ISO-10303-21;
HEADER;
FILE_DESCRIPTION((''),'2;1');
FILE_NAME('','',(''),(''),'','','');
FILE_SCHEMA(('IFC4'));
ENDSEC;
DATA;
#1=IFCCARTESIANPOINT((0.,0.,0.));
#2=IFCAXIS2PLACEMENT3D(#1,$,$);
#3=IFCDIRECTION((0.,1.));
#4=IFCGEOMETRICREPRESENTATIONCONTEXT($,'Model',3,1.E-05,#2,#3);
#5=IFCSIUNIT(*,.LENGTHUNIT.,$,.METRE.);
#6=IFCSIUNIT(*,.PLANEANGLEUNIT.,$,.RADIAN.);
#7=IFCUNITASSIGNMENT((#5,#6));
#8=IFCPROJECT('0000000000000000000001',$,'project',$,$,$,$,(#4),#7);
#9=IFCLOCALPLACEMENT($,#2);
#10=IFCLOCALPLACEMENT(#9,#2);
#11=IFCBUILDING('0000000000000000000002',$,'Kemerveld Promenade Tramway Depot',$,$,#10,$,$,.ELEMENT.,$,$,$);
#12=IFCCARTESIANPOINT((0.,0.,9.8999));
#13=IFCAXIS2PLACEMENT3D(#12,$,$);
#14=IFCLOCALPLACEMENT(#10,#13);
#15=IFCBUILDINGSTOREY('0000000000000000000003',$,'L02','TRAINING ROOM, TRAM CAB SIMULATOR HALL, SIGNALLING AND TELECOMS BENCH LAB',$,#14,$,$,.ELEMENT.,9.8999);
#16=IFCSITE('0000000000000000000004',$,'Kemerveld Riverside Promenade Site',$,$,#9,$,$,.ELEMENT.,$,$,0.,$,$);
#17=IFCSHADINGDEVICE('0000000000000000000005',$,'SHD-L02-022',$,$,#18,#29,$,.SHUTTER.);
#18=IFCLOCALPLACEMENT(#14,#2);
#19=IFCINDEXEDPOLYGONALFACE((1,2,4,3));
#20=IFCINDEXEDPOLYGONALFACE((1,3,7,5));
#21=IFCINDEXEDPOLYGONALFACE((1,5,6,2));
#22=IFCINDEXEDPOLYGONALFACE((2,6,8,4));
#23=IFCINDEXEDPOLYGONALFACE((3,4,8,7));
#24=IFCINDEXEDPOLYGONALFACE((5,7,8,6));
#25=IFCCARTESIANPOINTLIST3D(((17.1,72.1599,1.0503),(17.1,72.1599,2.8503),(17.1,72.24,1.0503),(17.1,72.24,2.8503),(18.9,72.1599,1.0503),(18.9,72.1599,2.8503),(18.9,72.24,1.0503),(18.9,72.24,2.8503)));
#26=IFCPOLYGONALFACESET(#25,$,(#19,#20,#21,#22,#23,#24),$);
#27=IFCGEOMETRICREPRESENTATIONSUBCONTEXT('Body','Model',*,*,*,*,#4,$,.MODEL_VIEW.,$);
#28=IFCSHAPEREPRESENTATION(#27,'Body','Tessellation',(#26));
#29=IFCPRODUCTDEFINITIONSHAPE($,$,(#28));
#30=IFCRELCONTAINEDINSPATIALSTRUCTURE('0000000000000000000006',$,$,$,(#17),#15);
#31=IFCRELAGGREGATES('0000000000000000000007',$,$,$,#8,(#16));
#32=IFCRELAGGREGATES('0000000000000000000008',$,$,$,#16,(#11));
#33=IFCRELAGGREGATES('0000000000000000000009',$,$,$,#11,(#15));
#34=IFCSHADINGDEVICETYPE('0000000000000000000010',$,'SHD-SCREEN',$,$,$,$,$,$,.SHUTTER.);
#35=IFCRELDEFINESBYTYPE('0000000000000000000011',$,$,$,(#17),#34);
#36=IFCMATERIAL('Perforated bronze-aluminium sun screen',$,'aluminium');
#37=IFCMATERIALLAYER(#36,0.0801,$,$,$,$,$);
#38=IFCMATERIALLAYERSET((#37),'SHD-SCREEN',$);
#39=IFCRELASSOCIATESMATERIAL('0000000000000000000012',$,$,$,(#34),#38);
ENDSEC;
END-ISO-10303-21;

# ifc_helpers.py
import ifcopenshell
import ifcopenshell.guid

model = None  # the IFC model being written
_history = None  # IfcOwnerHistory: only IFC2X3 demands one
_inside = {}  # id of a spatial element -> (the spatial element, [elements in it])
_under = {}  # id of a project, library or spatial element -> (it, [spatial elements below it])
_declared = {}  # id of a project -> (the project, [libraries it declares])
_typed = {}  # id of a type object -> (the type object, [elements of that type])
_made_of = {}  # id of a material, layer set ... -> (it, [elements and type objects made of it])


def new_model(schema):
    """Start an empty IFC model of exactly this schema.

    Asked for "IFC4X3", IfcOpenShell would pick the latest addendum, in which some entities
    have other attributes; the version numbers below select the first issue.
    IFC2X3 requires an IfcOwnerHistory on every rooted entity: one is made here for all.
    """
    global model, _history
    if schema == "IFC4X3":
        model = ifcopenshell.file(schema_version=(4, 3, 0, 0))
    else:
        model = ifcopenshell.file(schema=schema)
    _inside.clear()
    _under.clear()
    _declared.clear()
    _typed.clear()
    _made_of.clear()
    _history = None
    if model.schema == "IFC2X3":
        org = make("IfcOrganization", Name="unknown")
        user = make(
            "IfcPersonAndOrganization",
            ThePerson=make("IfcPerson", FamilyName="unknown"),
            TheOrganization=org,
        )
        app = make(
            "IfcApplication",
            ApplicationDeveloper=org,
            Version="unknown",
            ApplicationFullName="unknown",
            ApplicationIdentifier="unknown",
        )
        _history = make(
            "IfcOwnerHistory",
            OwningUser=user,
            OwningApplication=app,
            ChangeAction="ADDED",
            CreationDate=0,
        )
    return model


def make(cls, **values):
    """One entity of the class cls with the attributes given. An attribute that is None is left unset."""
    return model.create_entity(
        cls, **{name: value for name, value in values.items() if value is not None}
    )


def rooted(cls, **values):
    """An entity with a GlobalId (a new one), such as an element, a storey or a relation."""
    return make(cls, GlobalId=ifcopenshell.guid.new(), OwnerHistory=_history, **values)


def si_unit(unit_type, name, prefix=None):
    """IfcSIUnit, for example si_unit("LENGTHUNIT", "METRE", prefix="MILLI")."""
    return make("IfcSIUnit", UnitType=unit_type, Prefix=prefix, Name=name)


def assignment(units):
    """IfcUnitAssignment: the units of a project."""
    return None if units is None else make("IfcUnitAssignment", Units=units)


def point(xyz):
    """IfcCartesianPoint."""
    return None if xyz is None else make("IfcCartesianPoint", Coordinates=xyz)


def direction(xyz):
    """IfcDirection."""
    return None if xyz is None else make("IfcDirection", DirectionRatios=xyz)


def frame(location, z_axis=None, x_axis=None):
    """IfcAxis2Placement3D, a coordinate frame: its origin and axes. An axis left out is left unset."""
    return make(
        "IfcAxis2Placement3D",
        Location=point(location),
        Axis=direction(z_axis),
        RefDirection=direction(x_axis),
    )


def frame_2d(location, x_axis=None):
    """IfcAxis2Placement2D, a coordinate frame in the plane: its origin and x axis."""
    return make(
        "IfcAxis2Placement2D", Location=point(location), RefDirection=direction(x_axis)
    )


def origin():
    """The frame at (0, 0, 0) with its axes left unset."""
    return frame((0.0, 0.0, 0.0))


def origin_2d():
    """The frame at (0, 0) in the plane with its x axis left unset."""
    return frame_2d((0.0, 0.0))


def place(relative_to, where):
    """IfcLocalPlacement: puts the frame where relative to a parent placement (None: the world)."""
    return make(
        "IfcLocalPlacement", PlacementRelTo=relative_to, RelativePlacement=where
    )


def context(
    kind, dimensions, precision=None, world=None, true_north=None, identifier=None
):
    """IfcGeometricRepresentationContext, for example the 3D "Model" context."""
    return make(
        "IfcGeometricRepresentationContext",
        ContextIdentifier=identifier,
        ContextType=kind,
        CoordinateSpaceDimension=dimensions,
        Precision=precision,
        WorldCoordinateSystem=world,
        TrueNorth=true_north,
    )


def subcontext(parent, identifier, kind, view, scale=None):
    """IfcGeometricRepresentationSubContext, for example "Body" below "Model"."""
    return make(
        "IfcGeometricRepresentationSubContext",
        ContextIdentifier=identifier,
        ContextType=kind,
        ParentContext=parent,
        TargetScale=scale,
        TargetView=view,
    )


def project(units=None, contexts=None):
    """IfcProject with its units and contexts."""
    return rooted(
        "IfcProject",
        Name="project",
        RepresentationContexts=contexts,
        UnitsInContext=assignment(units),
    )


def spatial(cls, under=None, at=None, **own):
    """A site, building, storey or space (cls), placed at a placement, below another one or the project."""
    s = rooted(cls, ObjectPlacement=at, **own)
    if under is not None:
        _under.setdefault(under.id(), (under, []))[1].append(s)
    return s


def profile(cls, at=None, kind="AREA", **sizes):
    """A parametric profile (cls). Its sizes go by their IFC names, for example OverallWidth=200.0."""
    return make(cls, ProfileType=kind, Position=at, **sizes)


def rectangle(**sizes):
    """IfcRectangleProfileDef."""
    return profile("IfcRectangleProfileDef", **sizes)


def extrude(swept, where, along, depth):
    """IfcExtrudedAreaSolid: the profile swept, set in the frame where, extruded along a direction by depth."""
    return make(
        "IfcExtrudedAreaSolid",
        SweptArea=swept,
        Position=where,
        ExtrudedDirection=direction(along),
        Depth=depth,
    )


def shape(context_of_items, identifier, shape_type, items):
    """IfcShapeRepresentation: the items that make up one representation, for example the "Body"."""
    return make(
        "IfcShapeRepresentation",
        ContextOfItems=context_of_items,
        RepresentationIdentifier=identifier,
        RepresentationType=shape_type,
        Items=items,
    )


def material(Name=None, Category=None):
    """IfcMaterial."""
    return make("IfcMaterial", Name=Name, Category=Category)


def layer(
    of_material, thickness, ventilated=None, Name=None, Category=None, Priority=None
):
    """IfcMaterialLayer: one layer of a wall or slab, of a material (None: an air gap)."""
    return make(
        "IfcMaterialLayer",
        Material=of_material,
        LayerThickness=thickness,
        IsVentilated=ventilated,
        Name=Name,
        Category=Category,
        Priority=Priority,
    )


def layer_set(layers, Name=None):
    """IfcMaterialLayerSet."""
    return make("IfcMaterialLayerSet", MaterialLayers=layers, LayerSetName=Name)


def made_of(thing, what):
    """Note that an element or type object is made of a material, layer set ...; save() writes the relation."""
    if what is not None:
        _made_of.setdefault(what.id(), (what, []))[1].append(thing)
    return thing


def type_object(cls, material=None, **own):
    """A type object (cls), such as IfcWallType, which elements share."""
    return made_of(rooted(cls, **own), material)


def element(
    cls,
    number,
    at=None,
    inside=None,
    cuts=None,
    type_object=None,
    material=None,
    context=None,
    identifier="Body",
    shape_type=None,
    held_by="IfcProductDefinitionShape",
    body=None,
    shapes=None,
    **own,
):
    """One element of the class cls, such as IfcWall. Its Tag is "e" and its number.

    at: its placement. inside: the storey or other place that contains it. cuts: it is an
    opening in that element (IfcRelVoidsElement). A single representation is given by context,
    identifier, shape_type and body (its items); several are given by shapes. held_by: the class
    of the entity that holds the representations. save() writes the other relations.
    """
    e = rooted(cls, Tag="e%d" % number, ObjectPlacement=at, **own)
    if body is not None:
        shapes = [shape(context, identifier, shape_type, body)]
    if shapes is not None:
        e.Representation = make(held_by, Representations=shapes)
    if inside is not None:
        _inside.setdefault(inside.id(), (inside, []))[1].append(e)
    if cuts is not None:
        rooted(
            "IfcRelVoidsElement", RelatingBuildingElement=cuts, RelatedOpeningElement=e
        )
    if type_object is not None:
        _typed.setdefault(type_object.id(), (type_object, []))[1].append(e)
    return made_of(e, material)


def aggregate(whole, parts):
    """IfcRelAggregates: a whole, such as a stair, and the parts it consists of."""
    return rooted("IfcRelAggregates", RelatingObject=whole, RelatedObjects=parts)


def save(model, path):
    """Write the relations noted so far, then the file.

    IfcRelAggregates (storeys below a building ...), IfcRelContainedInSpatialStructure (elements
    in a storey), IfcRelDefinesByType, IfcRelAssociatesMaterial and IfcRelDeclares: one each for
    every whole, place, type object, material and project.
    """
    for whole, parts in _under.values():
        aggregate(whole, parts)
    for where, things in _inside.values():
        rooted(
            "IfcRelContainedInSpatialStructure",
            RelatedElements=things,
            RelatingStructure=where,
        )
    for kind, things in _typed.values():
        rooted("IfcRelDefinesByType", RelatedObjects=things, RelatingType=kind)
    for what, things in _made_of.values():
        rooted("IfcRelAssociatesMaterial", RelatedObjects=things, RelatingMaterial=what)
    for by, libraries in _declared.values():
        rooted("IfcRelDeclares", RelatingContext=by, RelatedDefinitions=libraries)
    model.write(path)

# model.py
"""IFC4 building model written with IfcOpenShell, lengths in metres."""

from ifc_helpers import new_model, si_unit, direction, frame, origin, origin_2d, place, context, subcontext, project, spatial, rectangle, extrude, material, layer, layer_set, type_object, element, save


model = new_model("IFC4")

# Units and contexts
model_context = context("Model", 3, precision=1e-05, world=origin(), true_north=direction((0.0, 1.0)))
body_context = subcontext(model_context, "Body", "Model", "MODEL_VIEW")
ifc_project = project(units=[si_unit("LENGTHUNIT", "METRE"), si_unit("PLANEANGLEUNIT", "RADIAN")], contexts=[model_context])

# Site, building, storey
site_placement = place(None, origin())
site = spatial("IfcSite", under=ifc_project, at=site_placement, Name="Kemerveld Riverside Promenade Site", CompositionType="ELEMENT", RefElevation=0.0)
building_placement = place(site_placement, origin())
building = spatial("IfcBuilding", under=site, at=building_placement, Name="Kemerveld Promenade Tramway Depot", CompositionType="ELEMENT")
storey_placement = place(building_placement, frame((0.0, 0.0, 9.8999)))
storey = spatial("IfcBuildingStorey", under=building, at=storey_placement, Name="L02", Description="TRAINING ROOM, TRAM CAB SIMULATOR HALL, SIGNALLING AND TELECOMS BENCH LAB", CompositionType="ELEMENT", Elevation=9.8999)

# Shading device
ifc_material_1 = material(Name="Perforated bronze-aluminium sun screen", Category="aluminium")
ifc_layer_1 = layer(ifc_material_1, 0.0801)
ifc_layer_set_1 = layer_set([ifc_layer_1], Name="SHD-SCREEN")
shading_device_type = type_object("IfcShadingDeviceType", Name="SHD-SCREEN", PredefinedType="SHUTTER", material=ifc_layer_set_1)
shading_device_placement = place(storey_placement, frame((18.0, 72.2, 1.0503), z_axis=(0.0, 0.0, 1.0), x_axis=(1.0, 0.0, 0.0)))
element("IfcShadingDevice", 1, at=shading_device_placement, inside=storey, type_object=shading_device_type, Name="SHD-L02-022", PredefinedType="SHUTTER", context=body_context, shape_type="SweptSolid", body=[
    extrude(rectangle(XDim=1.8, YDim=0.0801, at=origin_2d()), origin(), (0.0, 0.0, 1.0), 1.8),
])

save(model, "model.ifc")
